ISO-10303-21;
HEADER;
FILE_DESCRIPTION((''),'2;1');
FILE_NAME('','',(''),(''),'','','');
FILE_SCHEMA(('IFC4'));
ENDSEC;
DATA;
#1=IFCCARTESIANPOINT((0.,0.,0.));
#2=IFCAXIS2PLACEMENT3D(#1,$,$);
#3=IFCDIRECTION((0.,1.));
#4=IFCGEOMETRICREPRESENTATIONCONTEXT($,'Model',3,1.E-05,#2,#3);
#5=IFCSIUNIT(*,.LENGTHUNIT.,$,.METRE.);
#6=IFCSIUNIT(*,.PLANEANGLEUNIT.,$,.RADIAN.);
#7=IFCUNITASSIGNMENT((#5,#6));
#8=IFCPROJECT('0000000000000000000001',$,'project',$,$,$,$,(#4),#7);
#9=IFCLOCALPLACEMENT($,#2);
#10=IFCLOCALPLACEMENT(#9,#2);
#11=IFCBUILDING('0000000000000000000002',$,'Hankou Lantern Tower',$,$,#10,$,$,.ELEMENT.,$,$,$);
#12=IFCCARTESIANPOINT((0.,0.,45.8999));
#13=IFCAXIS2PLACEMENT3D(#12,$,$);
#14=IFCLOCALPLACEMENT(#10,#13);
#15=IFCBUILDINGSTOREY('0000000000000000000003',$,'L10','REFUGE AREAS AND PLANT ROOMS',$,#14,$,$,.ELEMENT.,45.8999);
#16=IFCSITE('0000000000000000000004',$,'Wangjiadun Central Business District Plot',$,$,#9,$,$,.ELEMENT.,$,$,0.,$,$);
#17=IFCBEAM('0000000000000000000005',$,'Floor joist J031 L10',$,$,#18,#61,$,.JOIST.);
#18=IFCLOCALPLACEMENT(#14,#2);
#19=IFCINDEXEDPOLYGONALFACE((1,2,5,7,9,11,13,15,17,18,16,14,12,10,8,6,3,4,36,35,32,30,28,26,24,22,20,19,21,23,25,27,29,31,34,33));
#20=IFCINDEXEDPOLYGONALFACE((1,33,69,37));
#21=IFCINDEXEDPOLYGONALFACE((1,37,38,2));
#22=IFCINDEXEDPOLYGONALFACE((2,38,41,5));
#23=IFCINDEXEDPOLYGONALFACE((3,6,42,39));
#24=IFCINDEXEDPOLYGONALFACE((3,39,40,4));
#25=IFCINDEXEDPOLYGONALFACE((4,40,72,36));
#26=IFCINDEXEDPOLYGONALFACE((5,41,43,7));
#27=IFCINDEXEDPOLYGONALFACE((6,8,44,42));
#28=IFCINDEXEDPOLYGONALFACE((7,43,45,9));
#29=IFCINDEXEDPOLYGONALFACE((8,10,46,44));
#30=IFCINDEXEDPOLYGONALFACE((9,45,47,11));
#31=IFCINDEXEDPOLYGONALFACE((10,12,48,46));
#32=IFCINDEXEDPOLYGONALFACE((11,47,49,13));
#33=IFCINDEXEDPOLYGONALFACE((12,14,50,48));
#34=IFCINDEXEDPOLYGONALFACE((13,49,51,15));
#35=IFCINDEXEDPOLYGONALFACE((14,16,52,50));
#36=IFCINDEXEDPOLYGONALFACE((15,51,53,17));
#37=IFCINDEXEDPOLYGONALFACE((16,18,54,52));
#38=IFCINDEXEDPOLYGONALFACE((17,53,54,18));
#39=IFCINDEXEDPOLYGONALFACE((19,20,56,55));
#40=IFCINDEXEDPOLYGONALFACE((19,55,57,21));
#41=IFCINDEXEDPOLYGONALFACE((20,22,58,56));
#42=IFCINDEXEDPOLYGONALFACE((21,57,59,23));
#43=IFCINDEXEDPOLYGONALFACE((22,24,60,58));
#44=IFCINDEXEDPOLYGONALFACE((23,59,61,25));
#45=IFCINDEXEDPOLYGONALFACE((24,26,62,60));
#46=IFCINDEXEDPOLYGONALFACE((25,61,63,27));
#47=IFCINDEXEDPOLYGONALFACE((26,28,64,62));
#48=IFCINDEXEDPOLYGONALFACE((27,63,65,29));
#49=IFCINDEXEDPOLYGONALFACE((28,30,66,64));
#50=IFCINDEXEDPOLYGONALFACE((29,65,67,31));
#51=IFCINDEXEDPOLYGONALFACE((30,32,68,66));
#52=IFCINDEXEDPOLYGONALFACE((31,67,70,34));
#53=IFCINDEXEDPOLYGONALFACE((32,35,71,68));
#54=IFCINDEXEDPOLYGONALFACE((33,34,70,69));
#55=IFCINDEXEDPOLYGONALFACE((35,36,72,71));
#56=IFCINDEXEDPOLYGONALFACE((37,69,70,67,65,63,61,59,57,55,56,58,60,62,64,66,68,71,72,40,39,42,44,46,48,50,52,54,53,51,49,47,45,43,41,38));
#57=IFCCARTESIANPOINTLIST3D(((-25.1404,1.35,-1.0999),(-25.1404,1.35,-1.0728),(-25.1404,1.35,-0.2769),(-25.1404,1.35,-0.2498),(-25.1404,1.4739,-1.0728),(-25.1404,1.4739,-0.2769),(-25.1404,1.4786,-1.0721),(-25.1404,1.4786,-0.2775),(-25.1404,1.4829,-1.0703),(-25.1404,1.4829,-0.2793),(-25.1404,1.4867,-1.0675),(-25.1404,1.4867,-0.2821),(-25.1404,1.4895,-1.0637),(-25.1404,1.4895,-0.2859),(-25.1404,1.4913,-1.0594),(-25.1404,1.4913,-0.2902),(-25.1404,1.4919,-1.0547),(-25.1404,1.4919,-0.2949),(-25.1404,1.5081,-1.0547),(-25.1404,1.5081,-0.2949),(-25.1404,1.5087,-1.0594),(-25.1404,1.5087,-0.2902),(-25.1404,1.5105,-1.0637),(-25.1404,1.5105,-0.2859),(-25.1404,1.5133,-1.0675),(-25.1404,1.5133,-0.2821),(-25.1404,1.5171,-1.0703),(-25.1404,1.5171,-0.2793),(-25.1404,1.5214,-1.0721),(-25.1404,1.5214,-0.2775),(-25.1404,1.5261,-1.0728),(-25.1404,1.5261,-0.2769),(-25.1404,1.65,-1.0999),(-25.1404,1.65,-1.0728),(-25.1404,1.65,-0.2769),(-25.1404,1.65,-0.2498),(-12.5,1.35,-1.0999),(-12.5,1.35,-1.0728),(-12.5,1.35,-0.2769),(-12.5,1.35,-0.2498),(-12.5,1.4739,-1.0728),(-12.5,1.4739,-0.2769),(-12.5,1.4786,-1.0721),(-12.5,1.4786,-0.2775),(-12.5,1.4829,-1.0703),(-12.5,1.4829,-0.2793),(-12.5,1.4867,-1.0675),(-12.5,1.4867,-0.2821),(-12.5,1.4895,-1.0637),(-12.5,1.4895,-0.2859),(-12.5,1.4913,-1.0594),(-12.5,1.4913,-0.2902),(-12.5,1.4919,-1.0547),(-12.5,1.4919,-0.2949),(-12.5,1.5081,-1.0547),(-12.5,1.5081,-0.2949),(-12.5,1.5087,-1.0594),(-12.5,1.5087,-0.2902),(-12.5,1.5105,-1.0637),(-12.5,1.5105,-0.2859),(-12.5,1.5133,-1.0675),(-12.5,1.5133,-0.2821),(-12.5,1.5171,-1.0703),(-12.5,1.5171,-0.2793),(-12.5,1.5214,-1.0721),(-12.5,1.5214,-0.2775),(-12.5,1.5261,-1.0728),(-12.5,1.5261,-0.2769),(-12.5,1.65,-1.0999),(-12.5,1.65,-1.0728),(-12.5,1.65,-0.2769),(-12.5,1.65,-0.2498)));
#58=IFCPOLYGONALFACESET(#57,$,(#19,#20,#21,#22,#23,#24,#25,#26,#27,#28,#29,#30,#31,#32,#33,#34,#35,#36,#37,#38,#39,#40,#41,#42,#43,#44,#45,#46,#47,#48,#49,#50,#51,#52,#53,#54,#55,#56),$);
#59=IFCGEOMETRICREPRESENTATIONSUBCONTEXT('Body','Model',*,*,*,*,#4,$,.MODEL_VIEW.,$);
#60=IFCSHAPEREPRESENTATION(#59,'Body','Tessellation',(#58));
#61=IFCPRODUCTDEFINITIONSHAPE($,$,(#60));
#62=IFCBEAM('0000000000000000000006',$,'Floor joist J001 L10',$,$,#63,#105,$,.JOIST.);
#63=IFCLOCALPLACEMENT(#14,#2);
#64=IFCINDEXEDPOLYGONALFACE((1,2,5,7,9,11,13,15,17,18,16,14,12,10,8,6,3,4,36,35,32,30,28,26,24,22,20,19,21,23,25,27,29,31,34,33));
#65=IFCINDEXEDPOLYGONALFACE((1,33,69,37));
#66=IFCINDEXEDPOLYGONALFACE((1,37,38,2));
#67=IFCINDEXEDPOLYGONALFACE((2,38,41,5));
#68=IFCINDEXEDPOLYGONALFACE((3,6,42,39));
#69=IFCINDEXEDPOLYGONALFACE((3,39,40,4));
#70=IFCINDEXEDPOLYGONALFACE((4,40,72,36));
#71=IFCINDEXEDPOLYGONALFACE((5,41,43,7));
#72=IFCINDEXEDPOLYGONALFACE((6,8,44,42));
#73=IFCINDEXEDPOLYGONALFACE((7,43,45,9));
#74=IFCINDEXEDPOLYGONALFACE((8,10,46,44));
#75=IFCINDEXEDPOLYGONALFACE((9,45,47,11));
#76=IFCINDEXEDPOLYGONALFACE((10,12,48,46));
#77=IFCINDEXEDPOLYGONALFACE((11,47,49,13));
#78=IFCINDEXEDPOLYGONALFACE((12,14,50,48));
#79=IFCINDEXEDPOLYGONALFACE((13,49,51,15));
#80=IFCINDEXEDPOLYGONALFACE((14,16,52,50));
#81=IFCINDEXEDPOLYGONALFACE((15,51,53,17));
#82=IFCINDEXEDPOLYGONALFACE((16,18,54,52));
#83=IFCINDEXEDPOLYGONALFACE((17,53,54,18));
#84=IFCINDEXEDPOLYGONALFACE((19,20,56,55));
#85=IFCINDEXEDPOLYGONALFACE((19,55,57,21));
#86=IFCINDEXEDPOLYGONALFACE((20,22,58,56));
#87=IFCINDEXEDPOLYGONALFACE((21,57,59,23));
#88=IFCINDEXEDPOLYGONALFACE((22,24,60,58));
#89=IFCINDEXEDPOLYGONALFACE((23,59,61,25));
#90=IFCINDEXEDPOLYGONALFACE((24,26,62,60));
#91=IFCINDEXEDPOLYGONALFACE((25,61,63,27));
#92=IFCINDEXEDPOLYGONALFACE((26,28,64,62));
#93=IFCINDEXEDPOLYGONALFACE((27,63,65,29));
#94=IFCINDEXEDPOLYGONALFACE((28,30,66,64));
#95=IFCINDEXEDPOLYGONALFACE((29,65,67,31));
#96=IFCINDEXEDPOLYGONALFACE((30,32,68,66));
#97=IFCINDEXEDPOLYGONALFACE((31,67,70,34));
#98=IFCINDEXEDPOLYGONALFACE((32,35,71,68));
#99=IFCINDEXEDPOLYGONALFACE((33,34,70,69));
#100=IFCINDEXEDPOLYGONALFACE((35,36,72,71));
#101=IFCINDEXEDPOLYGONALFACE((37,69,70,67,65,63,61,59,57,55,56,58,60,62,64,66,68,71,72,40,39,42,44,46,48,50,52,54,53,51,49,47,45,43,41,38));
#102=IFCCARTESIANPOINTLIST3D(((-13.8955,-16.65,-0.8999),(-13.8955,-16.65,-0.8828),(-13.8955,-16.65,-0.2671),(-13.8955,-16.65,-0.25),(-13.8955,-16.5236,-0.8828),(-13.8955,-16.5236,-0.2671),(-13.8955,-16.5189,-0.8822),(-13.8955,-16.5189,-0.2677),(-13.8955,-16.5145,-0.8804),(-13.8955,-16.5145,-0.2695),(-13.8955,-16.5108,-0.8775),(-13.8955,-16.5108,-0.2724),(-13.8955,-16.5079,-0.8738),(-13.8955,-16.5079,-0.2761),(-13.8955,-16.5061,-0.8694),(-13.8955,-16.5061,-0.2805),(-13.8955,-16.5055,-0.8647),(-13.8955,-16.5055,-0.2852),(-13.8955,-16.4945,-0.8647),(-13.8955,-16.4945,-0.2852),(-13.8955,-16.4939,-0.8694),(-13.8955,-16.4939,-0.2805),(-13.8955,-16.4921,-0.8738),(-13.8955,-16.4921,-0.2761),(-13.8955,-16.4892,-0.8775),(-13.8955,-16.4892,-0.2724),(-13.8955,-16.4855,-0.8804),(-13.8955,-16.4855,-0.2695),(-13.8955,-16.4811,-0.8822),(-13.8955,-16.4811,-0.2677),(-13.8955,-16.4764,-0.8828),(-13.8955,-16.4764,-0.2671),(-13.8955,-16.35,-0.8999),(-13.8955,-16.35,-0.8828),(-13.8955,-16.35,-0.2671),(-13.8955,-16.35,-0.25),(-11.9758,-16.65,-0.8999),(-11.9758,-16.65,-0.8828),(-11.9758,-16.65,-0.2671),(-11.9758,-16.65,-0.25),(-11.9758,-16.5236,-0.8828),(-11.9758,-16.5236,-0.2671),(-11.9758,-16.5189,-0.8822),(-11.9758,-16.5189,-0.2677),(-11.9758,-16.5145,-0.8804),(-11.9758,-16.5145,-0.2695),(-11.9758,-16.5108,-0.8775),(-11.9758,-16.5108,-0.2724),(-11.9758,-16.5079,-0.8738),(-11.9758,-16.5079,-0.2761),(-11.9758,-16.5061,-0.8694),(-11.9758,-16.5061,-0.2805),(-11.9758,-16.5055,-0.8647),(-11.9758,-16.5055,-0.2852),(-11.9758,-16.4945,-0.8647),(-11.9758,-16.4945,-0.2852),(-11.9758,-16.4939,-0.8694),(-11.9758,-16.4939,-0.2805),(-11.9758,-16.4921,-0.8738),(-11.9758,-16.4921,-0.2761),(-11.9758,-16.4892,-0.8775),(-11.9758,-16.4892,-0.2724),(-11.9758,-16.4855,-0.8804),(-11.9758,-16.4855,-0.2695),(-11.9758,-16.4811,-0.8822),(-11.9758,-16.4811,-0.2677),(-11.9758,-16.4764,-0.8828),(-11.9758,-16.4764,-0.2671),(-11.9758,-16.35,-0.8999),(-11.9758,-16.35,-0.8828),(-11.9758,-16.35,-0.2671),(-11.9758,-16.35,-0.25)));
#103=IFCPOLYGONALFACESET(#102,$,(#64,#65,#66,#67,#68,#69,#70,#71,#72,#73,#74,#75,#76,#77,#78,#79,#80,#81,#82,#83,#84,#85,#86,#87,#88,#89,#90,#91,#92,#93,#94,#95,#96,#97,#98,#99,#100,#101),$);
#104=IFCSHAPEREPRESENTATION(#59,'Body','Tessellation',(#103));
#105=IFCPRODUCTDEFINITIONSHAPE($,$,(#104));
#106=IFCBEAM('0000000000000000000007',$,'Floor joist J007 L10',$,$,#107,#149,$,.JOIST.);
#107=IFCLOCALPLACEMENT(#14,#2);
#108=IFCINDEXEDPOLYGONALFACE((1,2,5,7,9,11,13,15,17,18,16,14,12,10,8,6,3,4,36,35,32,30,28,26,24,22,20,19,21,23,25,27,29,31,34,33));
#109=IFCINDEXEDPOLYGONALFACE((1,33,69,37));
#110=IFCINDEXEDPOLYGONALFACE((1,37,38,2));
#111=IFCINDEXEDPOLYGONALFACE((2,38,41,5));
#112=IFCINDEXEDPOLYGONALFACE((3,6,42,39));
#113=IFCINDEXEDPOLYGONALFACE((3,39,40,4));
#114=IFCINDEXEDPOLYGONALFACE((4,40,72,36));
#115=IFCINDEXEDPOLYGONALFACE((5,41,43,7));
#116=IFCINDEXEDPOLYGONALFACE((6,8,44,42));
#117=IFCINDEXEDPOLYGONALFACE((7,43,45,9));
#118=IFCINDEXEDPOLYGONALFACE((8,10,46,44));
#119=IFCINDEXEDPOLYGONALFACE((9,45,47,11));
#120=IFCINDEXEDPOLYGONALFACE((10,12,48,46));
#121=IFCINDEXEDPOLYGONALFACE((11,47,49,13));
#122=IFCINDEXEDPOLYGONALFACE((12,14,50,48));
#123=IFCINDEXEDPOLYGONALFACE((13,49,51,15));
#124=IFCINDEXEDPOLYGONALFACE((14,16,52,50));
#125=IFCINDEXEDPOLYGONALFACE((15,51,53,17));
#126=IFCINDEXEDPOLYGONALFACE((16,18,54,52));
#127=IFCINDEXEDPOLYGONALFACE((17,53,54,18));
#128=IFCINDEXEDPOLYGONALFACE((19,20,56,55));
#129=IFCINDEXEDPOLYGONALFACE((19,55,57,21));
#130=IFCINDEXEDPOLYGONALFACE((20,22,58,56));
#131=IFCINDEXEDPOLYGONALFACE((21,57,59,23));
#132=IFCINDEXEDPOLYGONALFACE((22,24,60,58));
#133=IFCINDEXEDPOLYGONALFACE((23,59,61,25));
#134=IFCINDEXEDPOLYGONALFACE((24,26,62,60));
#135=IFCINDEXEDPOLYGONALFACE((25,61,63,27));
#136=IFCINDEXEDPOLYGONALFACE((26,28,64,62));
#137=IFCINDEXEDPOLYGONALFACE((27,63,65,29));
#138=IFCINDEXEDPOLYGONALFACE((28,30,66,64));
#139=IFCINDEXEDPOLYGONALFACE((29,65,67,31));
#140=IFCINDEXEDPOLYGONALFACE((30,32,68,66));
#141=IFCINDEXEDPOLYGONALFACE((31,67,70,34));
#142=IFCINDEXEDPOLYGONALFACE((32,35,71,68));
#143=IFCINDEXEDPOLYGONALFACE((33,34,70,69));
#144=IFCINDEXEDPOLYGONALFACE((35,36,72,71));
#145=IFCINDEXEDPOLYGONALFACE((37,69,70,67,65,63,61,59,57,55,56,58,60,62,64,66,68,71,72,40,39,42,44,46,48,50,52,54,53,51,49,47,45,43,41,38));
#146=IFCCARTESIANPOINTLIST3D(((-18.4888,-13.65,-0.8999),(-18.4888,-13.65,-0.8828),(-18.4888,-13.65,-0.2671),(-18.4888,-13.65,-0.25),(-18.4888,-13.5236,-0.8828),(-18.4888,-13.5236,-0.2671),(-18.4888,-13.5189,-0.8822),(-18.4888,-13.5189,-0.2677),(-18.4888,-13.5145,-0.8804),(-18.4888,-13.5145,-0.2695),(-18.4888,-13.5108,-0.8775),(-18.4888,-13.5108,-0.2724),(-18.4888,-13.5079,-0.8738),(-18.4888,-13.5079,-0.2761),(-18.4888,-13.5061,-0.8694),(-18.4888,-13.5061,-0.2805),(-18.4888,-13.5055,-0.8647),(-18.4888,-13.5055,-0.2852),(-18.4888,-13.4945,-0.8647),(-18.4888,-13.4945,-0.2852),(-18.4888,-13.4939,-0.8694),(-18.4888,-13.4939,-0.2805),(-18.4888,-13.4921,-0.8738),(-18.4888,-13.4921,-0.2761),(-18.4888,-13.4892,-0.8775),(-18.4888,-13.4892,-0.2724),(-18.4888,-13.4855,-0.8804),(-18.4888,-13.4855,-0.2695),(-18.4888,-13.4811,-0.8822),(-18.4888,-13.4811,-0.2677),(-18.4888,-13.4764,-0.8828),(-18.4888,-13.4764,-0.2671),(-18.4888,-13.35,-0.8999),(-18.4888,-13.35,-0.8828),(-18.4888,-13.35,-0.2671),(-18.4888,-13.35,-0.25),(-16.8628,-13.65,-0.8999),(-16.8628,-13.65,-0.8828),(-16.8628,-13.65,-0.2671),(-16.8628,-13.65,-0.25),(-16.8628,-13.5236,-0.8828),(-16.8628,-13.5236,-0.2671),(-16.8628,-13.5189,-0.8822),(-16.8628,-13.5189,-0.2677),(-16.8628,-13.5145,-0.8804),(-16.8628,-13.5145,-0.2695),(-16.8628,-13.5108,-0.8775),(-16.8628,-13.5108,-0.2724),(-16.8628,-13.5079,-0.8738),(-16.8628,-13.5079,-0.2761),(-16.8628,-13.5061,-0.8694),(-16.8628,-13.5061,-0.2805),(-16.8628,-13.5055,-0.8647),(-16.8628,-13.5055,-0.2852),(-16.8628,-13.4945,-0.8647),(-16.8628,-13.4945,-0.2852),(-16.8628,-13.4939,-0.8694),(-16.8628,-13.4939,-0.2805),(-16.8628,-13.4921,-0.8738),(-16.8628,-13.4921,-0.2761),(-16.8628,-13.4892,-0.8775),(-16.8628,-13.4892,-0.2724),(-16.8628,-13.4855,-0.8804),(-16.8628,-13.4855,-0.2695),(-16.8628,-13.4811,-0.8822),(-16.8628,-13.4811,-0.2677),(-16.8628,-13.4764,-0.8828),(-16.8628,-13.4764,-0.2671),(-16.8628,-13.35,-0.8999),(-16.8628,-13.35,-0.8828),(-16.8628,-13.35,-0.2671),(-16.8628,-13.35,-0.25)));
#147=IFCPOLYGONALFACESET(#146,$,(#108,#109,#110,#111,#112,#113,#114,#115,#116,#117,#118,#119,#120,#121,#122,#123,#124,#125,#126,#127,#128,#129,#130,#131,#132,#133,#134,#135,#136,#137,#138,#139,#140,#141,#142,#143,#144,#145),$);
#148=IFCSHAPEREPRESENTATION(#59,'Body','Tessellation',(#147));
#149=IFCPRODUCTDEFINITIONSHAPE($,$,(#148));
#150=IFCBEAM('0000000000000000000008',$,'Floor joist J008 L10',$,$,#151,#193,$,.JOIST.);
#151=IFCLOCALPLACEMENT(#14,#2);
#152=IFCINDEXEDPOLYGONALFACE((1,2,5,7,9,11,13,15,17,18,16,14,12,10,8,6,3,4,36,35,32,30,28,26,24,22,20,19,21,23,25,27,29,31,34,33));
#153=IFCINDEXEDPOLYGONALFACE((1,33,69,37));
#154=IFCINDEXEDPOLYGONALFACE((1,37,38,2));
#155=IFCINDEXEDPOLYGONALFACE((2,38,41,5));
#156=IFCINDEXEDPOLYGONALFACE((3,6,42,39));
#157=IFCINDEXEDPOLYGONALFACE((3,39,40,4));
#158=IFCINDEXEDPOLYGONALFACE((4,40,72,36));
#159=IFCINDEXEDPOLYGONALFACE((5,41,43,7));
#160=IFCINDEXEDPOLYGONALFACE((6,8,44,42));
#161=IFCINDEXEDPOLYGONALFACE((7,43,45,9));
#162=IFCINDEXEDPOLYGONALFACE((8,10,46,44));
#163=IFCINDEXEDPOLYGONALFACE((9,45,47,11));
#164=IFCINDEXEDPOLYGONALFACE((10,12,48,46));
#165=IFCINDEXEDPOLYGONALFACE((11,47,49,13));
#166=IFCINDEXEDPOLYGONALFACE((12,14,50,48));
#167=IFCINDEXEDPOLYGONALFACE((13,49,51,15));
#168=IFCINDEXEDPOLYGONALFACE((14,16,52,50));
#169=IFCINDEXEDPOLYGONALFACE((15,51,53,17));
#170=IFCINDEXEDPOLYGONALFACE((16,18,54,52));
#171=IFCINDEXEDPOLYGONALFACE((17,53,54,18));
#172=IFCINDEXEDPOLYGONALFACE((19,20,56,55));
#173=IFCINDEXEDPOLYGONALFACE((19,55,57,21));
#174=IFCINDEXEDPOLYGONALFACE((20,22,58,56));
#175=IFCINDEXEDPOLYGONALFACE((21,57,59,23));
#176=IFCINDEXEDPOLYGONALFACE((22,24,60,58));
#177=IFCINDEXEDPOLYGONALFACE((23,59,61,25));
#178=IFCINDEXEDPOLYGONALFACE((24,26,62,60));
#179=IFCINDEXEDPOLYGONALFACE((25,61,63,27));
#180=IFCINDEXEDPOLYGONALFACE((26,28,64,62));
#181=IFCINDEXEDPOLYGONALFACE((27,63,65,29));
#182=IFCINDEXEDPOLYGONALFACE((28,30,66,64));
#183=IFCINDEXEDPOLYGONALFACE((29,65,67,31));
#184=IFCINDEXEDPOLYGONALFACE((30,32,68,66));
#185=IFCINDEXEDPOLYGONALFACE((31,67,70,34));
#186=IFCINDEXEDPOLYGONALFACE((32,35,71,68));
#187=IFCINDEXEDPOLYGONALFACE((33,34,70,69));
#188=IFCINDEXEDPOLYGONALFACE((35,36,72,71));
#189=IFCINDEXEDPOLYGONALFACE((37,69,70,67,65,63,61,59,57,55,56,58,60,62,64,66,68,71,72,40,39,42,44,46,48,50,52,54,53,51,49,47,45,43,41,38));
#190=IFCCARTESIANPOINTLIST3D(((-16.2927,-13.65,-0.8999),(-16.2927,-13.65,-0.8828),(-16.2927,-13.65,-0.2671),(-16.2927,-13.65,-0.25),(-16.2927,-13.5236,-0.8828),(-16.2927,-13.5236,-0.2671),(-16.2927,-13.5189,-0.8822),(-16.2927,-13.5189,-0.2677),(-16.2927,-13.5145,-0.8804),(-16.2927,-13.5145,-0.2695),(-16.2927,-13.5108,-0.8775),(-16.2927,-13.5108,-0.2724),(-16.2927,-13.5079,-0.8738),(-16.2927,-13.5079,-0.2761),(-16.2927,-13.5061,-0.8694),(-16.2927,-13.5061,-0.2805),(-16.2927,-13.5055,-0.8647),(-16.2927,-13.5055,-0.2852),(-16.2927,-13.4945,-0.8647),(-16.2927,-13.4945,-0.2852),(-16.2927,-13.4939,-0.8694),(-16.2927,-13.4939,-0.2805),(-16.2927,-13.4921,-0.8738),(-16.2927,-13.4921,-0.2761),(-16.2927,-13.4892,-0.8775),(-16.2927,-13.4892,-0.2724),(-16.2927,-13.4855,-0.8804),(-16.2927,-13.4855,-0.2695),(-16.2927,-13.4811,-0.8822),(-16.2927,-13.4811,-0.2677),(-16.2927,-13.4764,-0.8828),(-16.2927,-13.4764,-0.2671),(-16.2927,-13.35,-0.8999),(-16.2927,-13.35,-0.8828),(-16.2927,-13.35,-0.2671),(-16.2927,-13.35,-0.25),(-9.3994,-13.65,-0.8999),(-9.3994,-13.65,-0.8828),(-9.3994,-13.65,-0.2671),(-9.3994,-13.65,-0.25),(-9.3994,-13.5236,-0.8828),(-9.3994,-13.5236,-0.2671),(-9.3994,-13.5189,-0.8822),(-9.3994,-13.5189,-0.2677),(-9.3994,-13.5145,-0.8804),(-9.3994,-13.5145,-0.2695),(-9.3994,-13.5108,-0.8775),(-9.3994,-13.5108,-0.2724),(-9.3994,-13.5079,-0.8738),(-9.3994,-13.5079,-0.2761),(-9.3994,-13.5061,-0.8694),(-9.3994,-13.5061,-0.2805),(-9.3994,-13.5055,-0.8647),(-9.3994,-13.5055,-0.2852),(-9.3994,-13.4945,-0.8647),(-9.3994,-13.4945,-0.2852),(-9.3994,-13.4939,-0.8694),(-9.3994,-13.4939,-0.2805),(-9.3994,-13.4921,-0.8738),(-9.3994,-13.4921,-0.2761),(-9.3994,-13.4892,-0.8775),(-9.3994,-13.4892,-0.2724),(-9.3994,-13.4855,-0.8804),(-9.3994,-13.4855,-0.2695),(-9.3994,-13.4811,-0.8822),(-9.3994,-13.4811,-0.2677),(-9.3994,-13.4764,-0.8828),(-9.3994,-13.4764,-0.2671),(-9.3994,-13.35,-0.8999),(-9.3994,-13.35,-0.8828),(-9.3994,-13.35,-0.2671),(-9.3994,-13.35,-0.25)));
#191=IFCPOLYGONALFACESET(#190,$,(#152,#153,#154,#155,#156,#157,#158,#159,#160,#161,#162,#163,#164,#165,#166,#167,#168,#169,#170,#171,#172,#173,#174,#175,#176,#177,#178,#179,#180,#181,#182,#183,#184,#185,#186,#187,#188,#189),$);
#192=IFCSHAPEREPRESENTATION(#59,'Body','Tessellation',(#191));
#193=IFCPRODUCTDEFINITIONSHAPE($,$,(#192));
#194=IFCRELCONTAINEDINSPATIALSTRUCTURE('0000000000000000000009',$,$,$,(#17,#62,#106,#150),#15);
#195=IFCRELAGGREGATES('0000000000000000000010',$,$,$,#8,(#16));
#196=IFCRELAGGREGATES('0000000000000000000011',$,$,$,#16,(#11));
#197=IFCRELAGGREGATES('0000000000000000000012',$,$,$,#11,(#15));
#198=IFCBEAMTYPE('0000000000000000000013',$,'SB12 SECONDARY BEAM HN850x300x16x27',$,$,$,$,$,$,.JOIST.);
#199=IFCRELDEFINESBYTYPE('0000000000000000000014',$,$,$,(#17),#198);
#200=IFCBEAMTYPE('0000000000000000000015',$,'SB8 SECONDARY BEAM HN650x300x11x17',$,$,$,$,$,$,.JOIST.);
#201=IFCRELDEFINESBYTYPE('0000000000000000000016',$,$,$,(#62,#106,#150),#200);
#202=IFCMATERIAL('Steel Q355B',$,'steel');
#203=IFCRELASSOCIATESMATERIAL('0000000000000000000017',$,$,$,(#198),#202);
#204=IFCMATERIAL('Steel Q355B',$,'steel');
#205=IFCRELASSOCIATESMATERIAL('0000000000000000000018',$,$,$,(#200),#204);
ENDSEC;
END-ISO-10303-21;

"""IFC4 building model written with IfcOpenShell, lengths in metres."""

from ifc_helpers import new_model, si_unit, direction, frame, origin, origin_2d, place, context, subcontext, project, spatial, i_section, extrude, material, material_profile, profile_set, type_object, element, save


model = new_model("IFC4")

# Units and contexts
model_context = context("Model", 3, precision=1e-05, world=origin(), true_north=direction((0.0, 1.0)))
body_context = subcontext(model_context, "Body", "Model", "MODEL_VIEW")
ifc_project = project(units=[si_unit("LENGTHUNIT", "METRE"), si_unit("PLANEANGLEUNIT", "RADIAN")], contexts=[model_context])

# Site, building, storey
site_placement = place(None, origin())
site = spatial("IfcSite", under=ifc_project, at=site_placement, Name="Wangjiadun Central Business District Plot", CompositionType="ELEMENT", RefElevation=0.0)
building_placement = place(site_placement, origin())
building = spatial("IfcBuilding", under=site, at=building_placement, Name="Hankou Lantern Tower", CompositionType="ELEMENT")
storey_placement = place(building_placement, frame((0.0, 0.0, 45.8999)))
storey = spatial("IfcBuildingStorey", under=building, at=storey_placement, Name="L10", Description="REFUGE AREAS AND PLANT ROOMS", CompositionType="ELEMENT", Elevation=45.8999)

# Beams
ifc_material_1 = material(Name="Steel Q355B", Category="steel")
ifc_material_profile_1 = material_profile(ifc_material_1, i_section(OverallWidth=0.3, OverallDepth=0.8501, WebThickness=0.0161, FlangeThickness=0.0271, FilletRadius=0.0181, at=origin_2d()), Name="HN850x300x16x27")
ifc_profile_set_1 = profile_set([ifc_material_profile_1], Name="Steel Q355B")
beam_type_1 = type_object("IfcBeamType", Name="SB12 SECONDARY BEAM HN850x300x16x27", PredefinedType="JOIST", material=ifc_profile_set_1)
for number, where, z_axis, x_axis, name in (
    (1, (-25.1404, 1.5, -0.6748), (1.0, 0.0, 0.0), (0.0, 1.0, 0.0), "Floor joist J031 L10"),
):
    element("IfcBeam", number, at=place(storey_placement, frame(where, z_axis=z_axis, x_axis=x_axis)), inside=storey, type_object=beam_type_1, Name=name, PredefinedType="JOIST", context=body_context, shape_type="SweptSolid", body=[
        extrude(i_section(OverallWidth=0.3, OverallDepth=0.8501, WebThickness=0.0161, FlangeThickness=0.0271, FilletRadius=0.0181, at=origin_2d()), origin(), (0.0, 0.0, 1.0), 12.6404),
    ])
ifc_material_2 = material(Name="Steel Q355B", Category="steel")
ifc_material_profile_2 = material_profile(ifc_material_2, i_section(OverallWidth=0.3, OverallDepth=0.6499, WebThickness=0.011, FlangeThickness=0.0171, FilletRadius=0.0181, at=origin_2d()), Name="HN650x300x11x17")
ifc_profile_set_2 = profile_set([ifc_material_profile_2], Name="Steel Q355B")
beam_type_2 = type_object("IfcBeamType", Name="SB8 SECONDARY BEAM HN650x300x11x17", PredefinedType="JOIST", material=ifc_profile_set_2)
beam_1_placement = place(storey_placement, frame((-13.8955, -16.5, -0.575), z_axis=(1.0, 0.0, 0.0), x_axis=(0.0, 1.0, 0.0)))
element("IfcBeam", 2, at=beam_1_placement, inside=storey, type_object=beam_type_2, Name="Floor joist J001 L10", PredefinedType="JOIST", context=body_context, shape_type="SweptSolid", body=[
    extrude(i_section(OverallWidth=0.3, OverallDepth=0.6499, WebThickness=0.011, FlangeThickness=0.0171, FilletRadius=0.0181, at=origin_2d()), origin(), (0.0, 0.0, 1.0), 1.9197),
])
beam_2_placement = place(storey_placement, frame((-18.4888, -13.5, -0.575), z_axis=(1.0, 0.0, 0.0), x_axis=(0.0, 1.0, 0.0)))
element("IfcBeam", 3, at=beam_2_placement, inside=storey, type_object=beam_type_2, Name="Floor joist J007 L10", PredefinedType="JOIST", context=body_context, shape_type="SweptSolid", body=[
    extrude(i_section(OverallWidth=0.3, OverallDepth=0.6499, WebThickness=0.011, FlangeThickness=0.0171, FilletRadius=0.0181, at=origin_2d()), origin(), (0.0, 0.0, 1.0), 1.626),
])
beam_3_placement = place(storey_placement, frame((-16.2927, -13.5, -0.575), z_axis=(1.0, 0.0, 0.0), x_axis=(0.0, 1.0, 0.0)))
element("IfcBeam", 4, at=beam_3_placement, inside=storey, type_object=beam_type_2, Name="Floor joist J008 L10", PredefinedType="JOIST", context=body_context, shape_type="SweptSolid", body=[
    extrude(i_section(OverallWidth=0.3, OverallDepth=0.6499, WebThickness=0.011, FlangeThickness=0.0171, FilletRadius=0.0181, at=origin_2d()), origin(), (0.0, 0.0, 1.0), 6.8933),
])

save(model, "model.ifc")
